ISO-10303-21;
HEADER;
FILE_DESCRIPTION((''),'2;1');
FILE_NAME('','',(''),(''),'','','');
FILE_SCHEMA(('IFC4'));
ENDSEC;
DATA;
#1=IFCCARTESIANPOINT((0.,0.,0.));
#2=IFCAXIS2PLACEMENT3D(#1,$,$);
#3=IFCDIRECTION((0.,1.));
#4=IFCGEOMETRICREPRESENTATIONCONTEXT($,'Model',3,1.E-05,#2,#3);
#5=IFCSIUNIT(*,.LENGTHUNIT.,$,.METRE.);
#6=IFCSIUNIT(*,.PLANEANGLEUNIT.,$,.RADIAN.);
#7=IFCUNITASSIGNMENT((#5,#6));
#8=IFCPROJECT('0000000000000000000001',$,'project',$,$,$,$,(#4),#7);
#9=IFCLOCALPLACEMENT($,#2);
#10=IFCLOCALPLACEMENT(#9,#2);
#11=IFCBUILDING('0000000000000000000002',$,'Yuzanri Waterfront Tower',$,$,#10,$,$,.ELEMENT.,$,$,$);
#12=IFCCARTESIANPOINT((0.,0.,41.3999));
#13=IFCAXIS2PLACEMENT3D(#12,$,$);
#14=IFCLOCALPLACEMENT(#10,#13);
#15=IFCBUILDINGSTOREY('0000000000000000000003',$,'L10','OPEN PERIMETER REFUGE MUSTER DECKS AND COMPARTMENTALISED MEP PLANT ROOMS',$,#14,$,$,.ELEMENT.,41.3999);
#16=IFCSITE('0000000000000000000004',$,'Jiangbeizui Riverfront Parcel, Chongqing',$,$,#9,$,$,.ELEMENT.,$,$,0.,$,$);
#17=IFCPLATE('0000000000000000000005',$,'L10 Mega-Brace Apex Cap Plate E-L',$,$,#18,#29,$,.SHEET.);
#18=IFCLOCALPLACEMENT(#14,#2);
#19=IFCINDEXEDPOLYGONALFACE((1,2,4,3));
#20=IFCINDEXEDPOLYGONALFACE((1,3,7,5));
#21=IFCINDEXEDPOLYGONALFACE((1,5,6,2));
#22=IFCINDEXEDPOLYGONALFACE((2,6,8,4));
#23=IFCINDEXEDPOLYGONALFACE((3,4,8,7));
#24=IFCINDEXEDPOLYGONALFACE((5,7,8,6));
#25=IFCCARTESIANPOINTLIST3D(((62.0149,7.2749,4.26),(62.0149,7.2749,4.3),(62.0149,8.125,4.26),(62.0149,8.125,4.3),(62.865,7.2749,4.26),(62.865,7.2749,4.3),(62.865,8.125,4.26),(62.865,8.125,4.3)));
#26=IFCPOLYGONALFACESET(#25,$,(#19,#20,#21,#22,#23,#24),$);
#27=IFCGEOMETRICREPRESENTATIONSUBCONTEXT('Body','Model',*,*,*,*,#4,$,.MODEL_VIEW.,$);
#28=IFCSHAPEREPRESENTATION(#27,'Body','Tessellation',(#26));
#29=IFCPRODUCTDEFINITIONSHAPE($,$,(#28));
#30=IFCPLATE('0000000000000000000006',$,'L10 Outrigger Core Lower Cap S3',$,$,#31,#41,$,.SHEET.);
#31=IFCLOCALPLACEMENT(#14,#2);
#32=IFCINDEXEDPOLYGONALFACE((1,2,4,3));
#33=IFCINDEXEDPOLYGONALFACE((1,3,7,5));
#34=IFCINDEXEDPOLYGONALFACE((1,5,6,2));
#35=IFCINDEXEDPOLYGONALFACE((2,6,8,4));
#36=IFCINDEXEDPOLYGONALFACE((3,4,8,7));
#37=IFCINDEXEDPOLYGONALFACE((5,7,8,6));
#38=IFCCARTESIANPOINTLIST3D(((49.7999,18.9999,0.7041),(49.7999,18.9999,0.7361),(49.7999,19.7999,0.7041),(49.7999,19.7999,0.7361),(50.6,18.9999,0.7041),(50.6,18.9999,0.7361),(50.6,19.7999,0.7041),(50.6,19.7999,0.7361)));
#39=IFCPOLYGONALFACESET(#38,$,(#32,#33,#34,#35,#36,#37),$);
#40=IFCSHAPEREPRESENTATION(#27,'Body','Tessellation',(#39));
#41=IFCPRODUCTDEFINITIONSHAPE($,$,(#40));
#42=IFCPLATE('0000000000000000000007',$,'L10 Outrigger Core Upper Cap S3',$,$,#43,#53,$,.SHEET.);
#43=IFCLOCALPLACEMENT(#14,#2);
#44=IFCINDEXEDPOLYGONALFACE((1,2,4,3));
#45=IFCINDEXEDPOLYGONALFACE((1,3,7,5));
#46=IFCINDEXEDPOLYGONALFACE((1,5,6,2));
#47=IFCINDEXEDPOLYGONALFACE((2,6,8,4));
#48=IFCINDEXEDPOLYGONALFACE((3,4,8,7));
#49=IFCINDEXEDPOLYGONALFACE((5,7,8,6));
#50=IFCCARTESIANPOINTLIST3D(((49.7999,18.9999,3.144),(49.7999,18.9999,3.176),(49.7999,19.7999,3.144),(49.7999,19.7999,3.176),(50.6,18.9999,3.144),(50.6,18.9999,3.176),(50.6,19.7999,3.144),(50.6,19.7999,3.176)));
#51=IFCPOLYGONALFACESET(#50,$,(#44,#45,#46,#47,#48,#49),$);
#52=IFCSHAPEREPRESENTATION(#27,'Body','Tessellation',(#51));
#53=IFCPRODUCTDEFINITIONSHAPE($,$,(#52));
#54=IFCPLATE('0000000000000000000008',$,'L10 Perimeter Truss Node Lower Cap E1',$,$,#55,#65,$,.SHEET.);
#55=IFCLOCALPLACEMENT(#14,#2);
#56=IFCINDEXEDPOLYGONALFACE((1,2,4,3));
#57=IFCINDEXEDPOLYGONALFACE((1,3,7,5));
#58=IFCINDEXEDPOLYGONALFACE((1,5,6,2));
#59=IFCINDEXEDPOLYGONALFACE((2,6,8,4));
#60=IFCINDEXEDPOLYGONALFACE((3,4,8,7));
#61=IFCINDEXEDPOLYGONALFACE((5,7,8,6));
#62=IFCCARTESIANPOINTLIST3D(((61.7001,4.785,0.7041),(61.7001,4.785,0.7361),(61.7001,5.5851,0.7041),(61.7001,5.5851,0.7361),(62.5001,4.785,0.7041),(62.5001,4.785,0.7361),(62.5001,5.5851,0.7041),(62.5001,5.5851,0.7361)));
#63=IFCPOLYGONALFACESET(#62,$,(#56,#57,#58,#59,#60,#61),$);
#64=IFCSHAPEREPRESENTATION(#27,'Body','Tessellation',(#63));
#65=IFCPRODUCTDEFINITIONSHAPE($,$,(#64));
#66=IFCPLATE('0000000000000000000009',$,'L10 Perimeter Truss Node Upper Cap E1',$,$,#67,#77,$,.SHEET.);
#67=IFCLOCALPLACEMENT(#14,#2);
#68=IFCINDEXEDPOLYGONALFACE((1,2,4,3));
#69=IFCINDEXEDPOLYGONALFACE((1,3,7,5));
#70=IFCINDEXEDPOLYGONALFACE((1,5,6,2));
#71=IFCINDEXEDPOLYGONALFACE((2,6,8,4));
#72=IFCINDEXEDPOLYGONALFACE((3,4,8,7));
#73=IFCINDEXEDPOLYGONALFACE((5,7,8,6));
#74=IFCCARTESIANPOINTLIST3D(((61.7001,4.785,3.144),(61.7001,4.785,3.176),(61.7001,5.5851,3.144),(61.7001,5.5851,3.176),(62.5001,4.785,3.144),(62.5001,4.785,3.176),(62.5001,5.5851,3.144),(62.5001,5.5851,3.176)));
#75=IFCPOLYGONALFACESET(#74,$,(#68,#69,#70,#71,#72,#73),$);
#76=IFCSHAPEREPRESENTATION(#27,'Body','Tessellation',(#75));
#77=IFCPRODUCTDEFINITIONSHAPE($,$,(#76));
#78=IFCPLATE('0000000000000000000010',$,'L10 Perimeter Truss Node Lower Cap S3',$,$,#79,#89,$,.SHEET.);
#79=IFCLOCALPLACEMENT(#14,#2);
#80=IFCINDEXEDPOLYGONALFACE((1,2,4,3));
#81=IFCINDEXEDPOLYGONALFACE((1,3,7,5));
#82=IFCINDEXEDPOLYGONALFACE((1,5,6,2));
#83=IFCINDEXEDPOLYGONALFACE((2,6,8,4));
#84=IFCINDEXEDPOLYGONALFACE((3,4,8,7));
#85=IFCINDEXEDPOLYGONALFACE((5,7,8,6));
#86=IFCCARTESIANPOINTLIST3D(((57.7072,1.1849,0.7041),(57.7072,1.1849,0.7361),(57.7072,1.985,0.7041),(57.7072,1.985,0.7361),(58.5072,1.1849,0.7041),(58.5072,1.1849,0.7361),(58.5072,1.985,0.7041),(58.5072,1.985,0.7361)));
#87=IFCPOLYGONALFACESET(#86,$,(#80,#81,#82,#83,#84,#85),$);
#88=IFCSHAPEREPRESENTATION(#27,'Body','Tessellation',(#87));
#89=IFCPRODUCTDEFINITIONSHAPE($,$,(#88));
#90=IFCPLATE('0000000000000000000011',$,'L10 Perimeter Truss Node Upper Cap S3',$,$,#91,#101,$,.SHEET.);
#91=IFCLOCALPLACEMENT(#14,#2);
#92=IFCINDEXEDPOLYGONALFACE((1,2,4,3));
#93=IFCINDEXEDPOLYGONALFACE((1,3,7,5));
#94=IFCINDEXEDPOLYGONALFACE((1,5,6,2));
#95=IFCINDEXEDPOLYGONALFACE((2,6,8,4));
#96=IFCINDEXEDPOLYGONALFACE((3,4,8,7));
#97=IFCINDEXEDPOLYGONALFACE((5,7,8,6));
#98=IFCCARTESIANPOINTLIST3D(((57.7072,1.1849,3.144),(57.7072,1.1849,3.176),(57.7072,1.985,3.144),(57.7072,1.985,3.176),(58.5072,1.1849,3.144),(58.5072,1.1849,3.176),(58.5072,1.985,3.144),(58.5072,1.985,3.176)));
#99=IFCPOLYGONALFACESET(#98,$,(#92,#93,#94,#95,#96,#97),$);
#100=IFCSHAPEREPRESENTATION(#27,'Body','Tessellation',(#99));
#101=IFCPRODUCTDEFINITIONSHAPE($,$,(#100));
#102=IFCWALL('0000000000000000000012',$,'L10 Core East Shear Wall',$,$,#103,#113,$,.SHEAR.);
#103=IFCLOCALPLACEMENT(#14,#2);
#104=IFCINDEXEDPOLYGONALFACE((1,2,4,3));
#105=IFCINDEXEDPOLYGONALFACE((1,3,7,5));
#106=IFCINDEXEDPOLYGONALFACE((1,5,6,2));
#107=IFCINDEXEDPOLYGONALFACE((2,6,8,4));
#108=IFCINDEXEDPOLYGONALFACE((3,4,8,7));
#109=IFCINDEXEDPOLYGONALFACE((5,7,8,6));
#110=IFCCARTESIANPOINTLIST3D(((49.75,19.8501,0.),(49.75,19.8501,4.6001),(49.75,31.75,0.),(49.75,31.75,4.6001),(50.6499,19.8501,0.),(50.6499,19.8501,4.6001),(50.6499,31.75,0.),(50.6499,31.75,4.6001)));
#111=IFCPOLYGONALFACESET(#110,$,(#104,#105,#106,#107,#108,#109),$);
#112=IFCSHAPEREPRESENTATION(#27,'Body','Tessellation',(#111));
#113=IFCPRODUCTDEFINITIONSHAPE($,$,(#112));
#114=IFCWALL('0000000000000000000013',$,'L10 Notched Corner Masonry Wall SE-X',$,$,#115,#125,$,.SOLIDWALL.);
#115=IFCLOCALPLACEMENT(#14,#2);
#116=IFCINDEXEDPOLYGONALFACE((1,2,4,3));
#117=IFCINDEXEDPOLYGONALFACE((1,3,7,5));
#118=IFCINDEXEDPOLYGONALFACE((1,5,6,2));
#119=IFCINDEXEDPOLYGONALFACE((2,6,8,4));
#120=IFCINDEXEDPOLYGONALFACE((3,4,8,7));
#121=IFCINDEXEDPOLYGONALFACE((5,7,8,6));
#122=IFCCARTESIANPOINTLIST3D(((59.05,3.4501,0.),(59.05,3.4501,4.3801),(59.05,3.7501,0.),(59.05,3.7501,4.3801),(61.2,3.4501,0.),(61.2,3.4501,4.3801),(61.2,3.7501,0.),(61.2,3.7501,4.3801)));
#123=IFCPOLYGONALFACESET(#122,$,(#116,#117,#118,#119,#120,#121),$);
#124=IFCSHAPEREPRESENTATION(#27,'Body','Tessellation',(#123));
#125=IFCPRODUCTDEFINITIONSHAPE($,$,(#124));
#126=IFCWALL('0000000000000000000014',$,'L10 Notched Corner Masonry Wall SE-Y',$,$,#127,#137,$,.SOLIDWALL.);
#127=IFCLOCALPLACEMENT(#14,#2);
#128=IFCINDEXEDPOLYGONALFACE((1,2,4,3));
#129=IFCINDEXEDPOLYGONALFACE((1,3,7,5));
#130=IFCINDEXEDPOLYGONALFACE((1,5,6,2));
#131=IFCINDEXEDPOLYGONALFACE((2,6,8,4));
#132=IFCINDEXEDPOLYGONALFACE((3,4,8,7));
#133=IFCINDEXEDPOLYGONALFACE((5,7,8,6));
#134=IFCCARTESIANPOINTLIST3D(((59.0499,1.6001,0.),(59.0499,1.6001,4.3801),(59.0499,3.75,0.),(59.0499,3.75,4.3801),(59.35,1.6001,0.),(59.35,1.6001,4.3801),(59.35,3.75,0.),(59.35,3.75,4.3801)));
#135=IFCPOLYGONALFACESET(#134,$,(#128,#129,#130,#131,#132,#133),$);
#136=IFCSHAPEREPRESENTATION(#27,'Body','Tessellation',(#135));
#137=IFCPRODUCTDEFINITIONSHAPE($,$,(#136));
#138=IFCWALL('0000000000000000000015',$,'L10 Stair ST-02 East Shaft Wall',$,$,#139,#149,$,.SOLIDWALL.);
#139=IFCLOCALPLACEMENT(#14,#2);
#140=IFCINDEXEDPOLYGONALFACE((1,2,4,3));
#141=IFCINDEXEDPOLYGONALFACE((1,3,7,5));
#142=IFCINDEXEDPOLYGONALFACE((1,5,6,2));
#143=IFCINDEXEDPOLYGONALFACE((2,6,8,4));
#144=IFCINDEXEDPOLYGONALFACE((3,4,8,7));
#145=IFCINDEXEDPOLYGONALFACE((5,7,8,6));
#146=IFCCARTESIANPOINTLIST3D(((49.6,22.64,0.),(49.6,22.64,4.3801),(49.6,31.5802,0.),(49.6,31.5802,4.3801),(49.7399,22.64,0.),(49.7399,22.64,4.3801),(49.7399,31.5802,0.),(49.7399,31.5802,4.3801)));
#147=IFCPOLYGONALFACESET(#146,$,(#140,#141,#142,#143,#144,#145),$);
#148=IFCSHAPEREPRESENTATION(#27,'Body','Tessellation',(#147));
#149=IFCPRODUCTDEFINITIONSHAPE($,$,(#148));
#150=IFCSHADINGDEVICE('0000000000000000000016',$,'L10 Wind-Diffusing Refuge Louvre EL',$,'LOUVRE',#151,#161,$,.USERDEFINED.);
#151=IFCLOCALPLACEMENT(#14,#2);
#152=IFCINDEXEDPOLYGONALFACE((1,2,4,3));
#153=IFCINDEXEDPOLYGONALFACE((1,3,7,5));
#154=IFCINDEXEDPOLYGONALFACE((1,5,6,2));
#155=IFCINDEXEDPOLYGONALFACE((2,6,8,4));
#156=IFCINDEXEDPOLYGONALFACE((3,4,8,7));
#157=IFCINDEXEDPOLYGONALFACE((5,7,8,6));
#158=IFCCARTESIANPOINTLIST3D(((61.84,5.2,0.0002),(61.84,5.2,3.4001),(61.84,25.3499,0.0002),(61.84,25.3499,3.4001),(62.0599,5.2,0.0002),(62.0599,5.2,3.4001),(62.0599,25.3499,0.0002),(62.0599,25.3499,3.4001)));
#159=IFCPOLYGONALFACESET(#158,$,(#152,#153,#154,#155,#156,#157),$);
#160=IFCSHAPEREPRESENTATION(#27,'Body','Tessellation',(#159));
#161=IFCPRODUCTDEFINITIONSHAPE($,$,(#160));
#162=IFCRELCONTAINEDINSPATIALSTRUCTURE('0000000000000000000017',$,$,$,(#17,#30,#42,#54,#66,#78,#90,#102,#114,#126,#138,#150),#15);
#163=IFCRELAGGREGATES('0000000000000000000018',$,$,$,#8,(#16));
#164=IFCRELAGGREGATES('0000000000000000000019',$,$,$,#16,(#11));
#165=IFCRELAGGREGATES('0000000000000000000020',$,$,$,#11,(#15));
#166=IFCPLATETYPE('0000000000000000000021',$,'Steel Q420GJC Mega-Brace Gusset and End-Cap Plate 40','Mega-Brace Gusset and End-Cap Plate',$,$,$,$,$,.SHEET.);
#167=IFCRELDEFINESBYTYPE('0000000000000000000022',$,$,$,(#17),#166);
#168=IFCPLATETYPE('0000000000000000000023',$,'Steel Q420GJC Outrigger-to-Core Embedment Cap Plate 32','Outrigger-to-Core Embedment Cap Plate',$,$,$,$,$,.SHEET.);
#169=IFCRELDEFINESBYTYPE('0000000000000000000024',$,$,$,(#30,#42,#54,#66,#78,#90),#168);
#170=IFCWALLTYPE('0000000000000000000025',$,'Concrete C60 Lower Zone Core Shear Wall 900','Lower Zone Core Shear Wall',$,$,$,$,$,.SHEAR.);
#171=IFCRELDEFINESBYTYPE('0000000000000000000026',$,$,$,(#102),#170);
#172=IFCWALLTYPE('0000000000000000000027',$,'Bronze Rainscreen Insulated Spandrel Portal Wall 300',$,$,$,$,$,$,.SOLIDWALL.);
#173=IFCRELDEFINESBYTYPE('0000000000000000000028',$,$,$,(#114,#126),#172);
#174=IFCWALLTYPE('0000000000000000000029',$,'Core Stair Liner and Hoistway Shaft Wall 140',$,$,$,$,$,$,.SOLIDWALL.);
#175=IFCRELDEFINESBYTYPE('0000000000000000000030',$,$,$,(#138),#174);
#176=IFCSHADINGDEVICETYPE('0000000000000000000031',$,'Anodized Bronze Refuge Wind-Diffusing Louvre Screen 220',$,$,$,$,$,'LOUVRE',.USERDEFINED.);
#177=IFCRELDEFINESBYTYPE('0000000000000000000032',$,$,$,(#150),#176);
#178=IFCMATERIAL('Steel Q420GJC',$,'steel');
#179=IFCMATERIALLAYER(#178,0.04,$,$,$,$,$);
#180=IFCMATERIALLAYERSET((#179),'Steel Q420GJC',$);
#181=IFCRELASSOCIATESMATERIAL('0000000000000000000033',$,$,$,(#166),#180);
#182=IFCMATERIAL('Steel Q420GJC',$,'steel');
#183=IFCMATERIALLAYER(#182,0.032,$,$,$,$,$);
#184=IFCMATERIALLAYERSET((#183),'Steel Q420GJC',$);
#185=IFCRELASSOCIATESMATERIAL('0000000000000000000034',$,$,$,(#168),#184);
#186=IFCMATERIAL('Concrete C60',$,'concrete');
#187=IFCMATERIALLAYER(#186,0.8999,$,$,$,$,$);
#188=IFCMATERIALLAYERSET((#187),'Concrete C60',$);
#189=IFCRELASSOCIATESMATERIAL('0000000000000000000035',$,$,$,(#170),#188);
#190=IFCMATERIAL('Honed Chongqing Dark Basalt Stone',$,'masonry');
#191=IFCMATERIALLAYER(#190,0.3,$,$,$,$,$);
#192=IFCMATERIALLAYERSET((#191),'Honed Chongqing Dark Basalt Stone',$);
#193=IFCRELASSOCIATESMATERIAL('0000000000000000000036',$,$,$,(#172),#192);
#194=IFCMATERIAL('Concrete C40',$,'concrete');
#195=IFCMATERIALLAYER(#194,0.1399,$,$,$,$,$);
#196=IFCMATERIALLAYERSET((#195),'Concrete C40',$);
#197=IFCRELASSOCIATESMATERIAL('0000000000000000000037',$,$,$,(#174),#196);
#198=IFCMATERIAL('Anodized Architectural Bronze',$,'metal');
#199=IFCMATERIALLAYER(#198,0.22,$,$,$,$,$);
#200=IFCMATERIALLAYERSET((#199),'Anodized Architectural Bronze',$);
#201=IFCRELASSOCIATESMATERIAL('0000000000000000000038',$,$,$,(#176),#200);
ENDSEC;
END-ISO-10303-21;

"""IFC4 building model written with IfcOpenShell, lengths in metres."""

from ifc_helpers import new_model, si_unit, direction, frame, frame_2d, origin, origin_2d, place, context, subcontext, project, spatial, rectangle, extrude, source, transform, mapped, material, layer, layer_set, type_object, element, save


model = new_model("IFC4")

# Units and contexts
model_context = context("Model", 3, precision=1e-05, world=origin(), true_north=direction((0.0, 1.0)))
body_context = subcontext(model_context, "Body", "Model", "MODEL_VIEW")
ifc_project = project(units=[si_unit("LENGTHUNIT", "METRE"), si_unit("PLANEANGLEUNIT", "RADIAN")], contexts=[model_context])

# Site, building, storey
site_placement = place(None, origin())
site = spatial("IfcSite", under=ifc_project, at=site_placement, Name="Jiangbeizui Riverfront Parcel, Chongqing", CompositionType="ELEMENT", RefElevation=0.0)
building_placement = place(site_placement, origin())
building = spatial("IfcBuilding", under=site, at=building_placement, Name="Yuzanri Waterfront Tower", CompositionType="ELEMENT")
storey_placement = place(building_placement, frame((0.0, 0.0, 41.3999)))
storey = spatial("IfcBuildingStorey", under=building, at=storey_placement, Name="L10", Description="OPEN PERIMETER REFUGE MUSTER DECKS AND COMPARTMENTALISED MEP PLANT ROOMS", CompositionType="ELEMENT", Elevation=41.3999)

# Plates
ifc_material_1 = material(Name="Steel Q420GJC", Category="steel")
ifc_layer_1 = layer(ifc_material_1, 0.04)
ifc_layer_set_1 = layer_set([ifc_layer_1], Name="Steel Q420GJC")
plate_type_1 = type_object("IfcPlateType", Name="Steel Q420GJC Mega-Brace Gusset and End-Cap Plate 40", Description="Mega-Brace Gusset and End-Cap Plate", PredefinedType="SHEET", material=ifc_layer_set_1)
shared_shape_1 = source(origin(), body_context, "Body", "SweptSolid", [
    extrude(rectangle(XDim=0.8501, YDim=0.8501, at=origin_2d()), origin(), (0.0, 0.0, 1.0), 0.04),
])
for number, where, z_axis, x_axis, name in (
    (1, (62.4399, 7.7, 4.26), (0.0, 0.0, 1.0), (1.0, 0.0, 0.0), "L10 Mega-Brace Apex Cap Plate E-L"),
):
    element("IfcPlate", number, at=place(storey_placement, frame(where, z_axis=z_axis, x_axis=x_axis)), inside=storey, type_object=plate_type_1, Name=name, PredefinedType="SHEET", context=body_context, shape_type="MappedRepresentation", body=[
        mapped(shared_shape_1, transform((0.0, 0.0, 0.0), scale=1.0)),
    ])
ifc_material_2 = material(Name="Steel Q420GJC", Category="steel")
ifc_layer_2 = layer(ifc_material_2, 0.032)
ifc_layer_set_2 = layer_set([ifc_layer_2], Name="Steel Q420GJC")
plate_type_2 = type_object("IfcPlateType", Name="Steel Q420GJC Outrigger-to-Core Embedment Cap Plate 32", Description="Outrigger-to-Core Embedment Cap Plate", PredefinedType="SHEET", material=ifc_layer_set_2)
shared_shape_2 = source(origin(), body_context, "Body", "SweptSolid", [
    extrude(rectangle(XDim=0.8, YDim=0.8, at=origin_2d()), origin(), (0.0, 0.0, 1.0), 0.032),
])
for number, where, z_axis, x_axis, name in (
    (2, (50.2, 19.3999, 0.7041), (0.0, 0.0, 1.0), (1.0, 0.0, 0.0), "L10 Outrigger Core Lower Cap S3"),
    (3, (50.2, 19.3999, 3.144), (0.0, 0.0, 1.0), (1.0, 0.0, 0.0), "L10 Outrigger Core Upper Cap S3"),
    (4, (62.1001, 5.1851, 0.7041), (0.0, 0.0, 1.0), (1.0, 0.0, 0.0), "L10 Perimeter Truss Node Lower Cap E1"),
    (5, (62.1001, 5.1851, 3.144), (0.0, 0.0, 1.0), (1.0, 0.0, 0.0), "L10 Perimeter Truss Node Upper Cap E1"),
    (6, (58.1072, 1.585, 0.7041), (0.0, 0.0, 1.0), (1.0, 0.0, 0.0), "L10 Perimeter Truss Node Lower Cap S3"),
    (7, (58.1072, 1.585, 3.144), (0.0, 0.0, 1.0), (1.0, 0.0, 0.0), "L10 Perimeter Truss Node Upper Cap S3"),
):
    element("IfcPlate", number, at=place(storey_placement, frame(where, z_axis=z_axis, x_axis=x_axis)), inside=storey, type_object=plate_type_2, Name=name, PredefinedType="SHEET", context=body_context, shape_type="MappedRepresentation", body=[
        mapped(shared_shape_2, transform((0.0, 0.0, 0.0), scale=1.0)),
    ])

# Walls
ifc_material_3 = material(Name="Concrete C60", Category="concrete")
ifc_layer_3 = layer(ifc_material_3, 0.8999)
ifc_layer_set_3 = layer_set([ifc_layer_3], Name="Concrete C60")
wall_type_1 = type_object("IfcWallType", Name="Concrete C60 Lower Zone Core Shear Wall 900", Description="Lower Zone Core Shear Wall", PredefinedType="SHEAR", material=ifc_layer_set_3)
shared_shape_3 = source(origin(), body_context, "Body", "SweptSolid", [
    extrude(rectangle(XDim=11.8999, YDim=0.8999, at=frame_2d((5.95, 0.0))), origin(), (0.0, 0.0, 1.0), 4.6001),
])
wall_1_placement = place(storey_placement, frame((50.2, 19.8501, 0.0), z_axis=(0.0, 0.0, 1.0), x_axis=(0.0, 1.0, 0.0)))
element("IfcWall", 8, at=wall_1_placement, inside=storey, type_object=wall_type_1, Name="L10 Core East Shear Wall", PredefinedType="SHEAR", context=body_context, shape_type="MappedRepresentation", body=[
    mapped(shared_shape_3, transform((0.0, 0.0, 0.0), scale=1.0)),
])
ifc_material_4 = material(Name="Honed Chongqing Dark Basalt Stone", Category="masonry")
ifc_layer_4 = layer(ifc_material_4, 0.3)
ifc_layer_set_4 = layer_set([ifc_layer_4], Name="Honed Chongqing Dark Basalt Stone")
wall_type_2 = type_object("IfcWallType", Name="Bronze Rainscreen Insulated Spandrel Portal Wall 300", PredefinedType="SOLIDWALL", material=ifc_layer_set_4)
shared_shape_4 = source(origin(), body_context, "Body", "SweptSolid", [
    extrude(rectangle(XDim=2.1499, YDim=0.3, at=frame_2d((1.075, 0.0))), origin(), (0.0, 0.0, 1.0), 4.3801),
])
for number, where, z_axis, x_axis, name in (
    (9, (59.05, 3.6001, 0.0), (0.0, 0.0, 1.0), (1.0, 0.0, 0.0), "L10 Notched Corner Masonry Wall SE-X"),
    (10, (59.2, 1.6001, 0.0), (0.0, 0.0, 1.0), (0.0, 1.0, 0.0), "L10 Notched Corner Masonry Wall SE-Y"),
):
    element("IfcWall", number, at=place(storey_placement, frame(where, z_axis=z_axis, x_axis=x_axis)), inside=storey, type_object=wall_type_2, Name=name, PredefinedType="SOLIDWALL", context=body_context, shape_type="MappedRepresentation", body=[
        mapped(shared_shape_4, transform((0.0, 0.0, 0.0), scale=1.0)),
    ])
ifc_material_5 = material(Name="Concrete C40", Category="concrete")
ifc_layer_5 = layer(ifc_material_5, 0.1399)
ifc_layer_set_5 = layer_set([ifc_layer_5], Name="Concrete C40")
wall_type_3 = type_object("IfcWallType", Name="Core Stair Liner and Hoistway Shaft Wall 140", PredefinedType="SOLIDWALL", material=ifc_layer_set_5)
shared_shape_5 = source(origin(), body_context, "Body", "SweptSolid", [
    extrude(rectangle(XDim=8.9402, YDim=0.1399, at=frame_2d((4.4702, 0.0))), origin(), (0.0, 0.0, 1.0), 4.3801),
])
wall_2_placement = place(storey_placement, frame((49.6699, 22.6399, 0.0), z_axis=(0.0, 0.0, 1.0), x_axis=(0.0, 1.0, 0.0)))
element("IfcWall", 11, at=wall_2_placement, inside=storey, type_object=wall_type_3, Name="L10 Stair ST-02 East Shaft Wall", PredefinedType="SOLIDWALL", context=body_context, shape_type="MappedRepresentation", body=[
    mapped(shared_shape_5, transform((0.0, 0.0, 0.0), scale=1.0)),
])

# Shading device
ifc_material_6 = material(Name="Anodized Architectural Bronze", Category="metal")
ifc_layer_6 = layer(ifc_material_6, 0.22)
ifc_layer_set_6 = layer_set([ifc_layer_6], Name="Anodized Architectural Bronze")
shading_device_type = type_object("IfcShadingDeviceType", Name="Anodized Bronze Refuge Wind-Diffusing Louvre Screen 220", ElementType="LOUVRE", PredefinedType="USERDEFINED", material=ifc_layer_set_6)
shared_shape_6 = source(origin(), body_context, "Body", "SweptSolid", [
    extrude(rectangle(XDim=0.22, YDim=20.1499, at=origin_2d()), origin(), (0.0, 0.0, 1.0), 3.3999),
])
shading_device_placement = place(storey_placement, frame((61.95, 15.2749, 0.0002), z_axis=(0.0, 0.0, 1.0), x_axis=(1.0, 0.0, 0.0)))
element("IfcShadingDevice", 12, at=shading_device_placement, inside=storey, type_object=shading_device_type, Name="L10 Wind-Diffusing Refuge Louvre EL", ObjectType="LOUVRE", PredefinedType="USERDEFINED", context=body_context, shape_type="MappedRepresentation", body=[
    mapped(shared_shape_6, transform((0.0, 0.0, 0.0), scale=1.0)),
])

save(model, "model.ifc")
